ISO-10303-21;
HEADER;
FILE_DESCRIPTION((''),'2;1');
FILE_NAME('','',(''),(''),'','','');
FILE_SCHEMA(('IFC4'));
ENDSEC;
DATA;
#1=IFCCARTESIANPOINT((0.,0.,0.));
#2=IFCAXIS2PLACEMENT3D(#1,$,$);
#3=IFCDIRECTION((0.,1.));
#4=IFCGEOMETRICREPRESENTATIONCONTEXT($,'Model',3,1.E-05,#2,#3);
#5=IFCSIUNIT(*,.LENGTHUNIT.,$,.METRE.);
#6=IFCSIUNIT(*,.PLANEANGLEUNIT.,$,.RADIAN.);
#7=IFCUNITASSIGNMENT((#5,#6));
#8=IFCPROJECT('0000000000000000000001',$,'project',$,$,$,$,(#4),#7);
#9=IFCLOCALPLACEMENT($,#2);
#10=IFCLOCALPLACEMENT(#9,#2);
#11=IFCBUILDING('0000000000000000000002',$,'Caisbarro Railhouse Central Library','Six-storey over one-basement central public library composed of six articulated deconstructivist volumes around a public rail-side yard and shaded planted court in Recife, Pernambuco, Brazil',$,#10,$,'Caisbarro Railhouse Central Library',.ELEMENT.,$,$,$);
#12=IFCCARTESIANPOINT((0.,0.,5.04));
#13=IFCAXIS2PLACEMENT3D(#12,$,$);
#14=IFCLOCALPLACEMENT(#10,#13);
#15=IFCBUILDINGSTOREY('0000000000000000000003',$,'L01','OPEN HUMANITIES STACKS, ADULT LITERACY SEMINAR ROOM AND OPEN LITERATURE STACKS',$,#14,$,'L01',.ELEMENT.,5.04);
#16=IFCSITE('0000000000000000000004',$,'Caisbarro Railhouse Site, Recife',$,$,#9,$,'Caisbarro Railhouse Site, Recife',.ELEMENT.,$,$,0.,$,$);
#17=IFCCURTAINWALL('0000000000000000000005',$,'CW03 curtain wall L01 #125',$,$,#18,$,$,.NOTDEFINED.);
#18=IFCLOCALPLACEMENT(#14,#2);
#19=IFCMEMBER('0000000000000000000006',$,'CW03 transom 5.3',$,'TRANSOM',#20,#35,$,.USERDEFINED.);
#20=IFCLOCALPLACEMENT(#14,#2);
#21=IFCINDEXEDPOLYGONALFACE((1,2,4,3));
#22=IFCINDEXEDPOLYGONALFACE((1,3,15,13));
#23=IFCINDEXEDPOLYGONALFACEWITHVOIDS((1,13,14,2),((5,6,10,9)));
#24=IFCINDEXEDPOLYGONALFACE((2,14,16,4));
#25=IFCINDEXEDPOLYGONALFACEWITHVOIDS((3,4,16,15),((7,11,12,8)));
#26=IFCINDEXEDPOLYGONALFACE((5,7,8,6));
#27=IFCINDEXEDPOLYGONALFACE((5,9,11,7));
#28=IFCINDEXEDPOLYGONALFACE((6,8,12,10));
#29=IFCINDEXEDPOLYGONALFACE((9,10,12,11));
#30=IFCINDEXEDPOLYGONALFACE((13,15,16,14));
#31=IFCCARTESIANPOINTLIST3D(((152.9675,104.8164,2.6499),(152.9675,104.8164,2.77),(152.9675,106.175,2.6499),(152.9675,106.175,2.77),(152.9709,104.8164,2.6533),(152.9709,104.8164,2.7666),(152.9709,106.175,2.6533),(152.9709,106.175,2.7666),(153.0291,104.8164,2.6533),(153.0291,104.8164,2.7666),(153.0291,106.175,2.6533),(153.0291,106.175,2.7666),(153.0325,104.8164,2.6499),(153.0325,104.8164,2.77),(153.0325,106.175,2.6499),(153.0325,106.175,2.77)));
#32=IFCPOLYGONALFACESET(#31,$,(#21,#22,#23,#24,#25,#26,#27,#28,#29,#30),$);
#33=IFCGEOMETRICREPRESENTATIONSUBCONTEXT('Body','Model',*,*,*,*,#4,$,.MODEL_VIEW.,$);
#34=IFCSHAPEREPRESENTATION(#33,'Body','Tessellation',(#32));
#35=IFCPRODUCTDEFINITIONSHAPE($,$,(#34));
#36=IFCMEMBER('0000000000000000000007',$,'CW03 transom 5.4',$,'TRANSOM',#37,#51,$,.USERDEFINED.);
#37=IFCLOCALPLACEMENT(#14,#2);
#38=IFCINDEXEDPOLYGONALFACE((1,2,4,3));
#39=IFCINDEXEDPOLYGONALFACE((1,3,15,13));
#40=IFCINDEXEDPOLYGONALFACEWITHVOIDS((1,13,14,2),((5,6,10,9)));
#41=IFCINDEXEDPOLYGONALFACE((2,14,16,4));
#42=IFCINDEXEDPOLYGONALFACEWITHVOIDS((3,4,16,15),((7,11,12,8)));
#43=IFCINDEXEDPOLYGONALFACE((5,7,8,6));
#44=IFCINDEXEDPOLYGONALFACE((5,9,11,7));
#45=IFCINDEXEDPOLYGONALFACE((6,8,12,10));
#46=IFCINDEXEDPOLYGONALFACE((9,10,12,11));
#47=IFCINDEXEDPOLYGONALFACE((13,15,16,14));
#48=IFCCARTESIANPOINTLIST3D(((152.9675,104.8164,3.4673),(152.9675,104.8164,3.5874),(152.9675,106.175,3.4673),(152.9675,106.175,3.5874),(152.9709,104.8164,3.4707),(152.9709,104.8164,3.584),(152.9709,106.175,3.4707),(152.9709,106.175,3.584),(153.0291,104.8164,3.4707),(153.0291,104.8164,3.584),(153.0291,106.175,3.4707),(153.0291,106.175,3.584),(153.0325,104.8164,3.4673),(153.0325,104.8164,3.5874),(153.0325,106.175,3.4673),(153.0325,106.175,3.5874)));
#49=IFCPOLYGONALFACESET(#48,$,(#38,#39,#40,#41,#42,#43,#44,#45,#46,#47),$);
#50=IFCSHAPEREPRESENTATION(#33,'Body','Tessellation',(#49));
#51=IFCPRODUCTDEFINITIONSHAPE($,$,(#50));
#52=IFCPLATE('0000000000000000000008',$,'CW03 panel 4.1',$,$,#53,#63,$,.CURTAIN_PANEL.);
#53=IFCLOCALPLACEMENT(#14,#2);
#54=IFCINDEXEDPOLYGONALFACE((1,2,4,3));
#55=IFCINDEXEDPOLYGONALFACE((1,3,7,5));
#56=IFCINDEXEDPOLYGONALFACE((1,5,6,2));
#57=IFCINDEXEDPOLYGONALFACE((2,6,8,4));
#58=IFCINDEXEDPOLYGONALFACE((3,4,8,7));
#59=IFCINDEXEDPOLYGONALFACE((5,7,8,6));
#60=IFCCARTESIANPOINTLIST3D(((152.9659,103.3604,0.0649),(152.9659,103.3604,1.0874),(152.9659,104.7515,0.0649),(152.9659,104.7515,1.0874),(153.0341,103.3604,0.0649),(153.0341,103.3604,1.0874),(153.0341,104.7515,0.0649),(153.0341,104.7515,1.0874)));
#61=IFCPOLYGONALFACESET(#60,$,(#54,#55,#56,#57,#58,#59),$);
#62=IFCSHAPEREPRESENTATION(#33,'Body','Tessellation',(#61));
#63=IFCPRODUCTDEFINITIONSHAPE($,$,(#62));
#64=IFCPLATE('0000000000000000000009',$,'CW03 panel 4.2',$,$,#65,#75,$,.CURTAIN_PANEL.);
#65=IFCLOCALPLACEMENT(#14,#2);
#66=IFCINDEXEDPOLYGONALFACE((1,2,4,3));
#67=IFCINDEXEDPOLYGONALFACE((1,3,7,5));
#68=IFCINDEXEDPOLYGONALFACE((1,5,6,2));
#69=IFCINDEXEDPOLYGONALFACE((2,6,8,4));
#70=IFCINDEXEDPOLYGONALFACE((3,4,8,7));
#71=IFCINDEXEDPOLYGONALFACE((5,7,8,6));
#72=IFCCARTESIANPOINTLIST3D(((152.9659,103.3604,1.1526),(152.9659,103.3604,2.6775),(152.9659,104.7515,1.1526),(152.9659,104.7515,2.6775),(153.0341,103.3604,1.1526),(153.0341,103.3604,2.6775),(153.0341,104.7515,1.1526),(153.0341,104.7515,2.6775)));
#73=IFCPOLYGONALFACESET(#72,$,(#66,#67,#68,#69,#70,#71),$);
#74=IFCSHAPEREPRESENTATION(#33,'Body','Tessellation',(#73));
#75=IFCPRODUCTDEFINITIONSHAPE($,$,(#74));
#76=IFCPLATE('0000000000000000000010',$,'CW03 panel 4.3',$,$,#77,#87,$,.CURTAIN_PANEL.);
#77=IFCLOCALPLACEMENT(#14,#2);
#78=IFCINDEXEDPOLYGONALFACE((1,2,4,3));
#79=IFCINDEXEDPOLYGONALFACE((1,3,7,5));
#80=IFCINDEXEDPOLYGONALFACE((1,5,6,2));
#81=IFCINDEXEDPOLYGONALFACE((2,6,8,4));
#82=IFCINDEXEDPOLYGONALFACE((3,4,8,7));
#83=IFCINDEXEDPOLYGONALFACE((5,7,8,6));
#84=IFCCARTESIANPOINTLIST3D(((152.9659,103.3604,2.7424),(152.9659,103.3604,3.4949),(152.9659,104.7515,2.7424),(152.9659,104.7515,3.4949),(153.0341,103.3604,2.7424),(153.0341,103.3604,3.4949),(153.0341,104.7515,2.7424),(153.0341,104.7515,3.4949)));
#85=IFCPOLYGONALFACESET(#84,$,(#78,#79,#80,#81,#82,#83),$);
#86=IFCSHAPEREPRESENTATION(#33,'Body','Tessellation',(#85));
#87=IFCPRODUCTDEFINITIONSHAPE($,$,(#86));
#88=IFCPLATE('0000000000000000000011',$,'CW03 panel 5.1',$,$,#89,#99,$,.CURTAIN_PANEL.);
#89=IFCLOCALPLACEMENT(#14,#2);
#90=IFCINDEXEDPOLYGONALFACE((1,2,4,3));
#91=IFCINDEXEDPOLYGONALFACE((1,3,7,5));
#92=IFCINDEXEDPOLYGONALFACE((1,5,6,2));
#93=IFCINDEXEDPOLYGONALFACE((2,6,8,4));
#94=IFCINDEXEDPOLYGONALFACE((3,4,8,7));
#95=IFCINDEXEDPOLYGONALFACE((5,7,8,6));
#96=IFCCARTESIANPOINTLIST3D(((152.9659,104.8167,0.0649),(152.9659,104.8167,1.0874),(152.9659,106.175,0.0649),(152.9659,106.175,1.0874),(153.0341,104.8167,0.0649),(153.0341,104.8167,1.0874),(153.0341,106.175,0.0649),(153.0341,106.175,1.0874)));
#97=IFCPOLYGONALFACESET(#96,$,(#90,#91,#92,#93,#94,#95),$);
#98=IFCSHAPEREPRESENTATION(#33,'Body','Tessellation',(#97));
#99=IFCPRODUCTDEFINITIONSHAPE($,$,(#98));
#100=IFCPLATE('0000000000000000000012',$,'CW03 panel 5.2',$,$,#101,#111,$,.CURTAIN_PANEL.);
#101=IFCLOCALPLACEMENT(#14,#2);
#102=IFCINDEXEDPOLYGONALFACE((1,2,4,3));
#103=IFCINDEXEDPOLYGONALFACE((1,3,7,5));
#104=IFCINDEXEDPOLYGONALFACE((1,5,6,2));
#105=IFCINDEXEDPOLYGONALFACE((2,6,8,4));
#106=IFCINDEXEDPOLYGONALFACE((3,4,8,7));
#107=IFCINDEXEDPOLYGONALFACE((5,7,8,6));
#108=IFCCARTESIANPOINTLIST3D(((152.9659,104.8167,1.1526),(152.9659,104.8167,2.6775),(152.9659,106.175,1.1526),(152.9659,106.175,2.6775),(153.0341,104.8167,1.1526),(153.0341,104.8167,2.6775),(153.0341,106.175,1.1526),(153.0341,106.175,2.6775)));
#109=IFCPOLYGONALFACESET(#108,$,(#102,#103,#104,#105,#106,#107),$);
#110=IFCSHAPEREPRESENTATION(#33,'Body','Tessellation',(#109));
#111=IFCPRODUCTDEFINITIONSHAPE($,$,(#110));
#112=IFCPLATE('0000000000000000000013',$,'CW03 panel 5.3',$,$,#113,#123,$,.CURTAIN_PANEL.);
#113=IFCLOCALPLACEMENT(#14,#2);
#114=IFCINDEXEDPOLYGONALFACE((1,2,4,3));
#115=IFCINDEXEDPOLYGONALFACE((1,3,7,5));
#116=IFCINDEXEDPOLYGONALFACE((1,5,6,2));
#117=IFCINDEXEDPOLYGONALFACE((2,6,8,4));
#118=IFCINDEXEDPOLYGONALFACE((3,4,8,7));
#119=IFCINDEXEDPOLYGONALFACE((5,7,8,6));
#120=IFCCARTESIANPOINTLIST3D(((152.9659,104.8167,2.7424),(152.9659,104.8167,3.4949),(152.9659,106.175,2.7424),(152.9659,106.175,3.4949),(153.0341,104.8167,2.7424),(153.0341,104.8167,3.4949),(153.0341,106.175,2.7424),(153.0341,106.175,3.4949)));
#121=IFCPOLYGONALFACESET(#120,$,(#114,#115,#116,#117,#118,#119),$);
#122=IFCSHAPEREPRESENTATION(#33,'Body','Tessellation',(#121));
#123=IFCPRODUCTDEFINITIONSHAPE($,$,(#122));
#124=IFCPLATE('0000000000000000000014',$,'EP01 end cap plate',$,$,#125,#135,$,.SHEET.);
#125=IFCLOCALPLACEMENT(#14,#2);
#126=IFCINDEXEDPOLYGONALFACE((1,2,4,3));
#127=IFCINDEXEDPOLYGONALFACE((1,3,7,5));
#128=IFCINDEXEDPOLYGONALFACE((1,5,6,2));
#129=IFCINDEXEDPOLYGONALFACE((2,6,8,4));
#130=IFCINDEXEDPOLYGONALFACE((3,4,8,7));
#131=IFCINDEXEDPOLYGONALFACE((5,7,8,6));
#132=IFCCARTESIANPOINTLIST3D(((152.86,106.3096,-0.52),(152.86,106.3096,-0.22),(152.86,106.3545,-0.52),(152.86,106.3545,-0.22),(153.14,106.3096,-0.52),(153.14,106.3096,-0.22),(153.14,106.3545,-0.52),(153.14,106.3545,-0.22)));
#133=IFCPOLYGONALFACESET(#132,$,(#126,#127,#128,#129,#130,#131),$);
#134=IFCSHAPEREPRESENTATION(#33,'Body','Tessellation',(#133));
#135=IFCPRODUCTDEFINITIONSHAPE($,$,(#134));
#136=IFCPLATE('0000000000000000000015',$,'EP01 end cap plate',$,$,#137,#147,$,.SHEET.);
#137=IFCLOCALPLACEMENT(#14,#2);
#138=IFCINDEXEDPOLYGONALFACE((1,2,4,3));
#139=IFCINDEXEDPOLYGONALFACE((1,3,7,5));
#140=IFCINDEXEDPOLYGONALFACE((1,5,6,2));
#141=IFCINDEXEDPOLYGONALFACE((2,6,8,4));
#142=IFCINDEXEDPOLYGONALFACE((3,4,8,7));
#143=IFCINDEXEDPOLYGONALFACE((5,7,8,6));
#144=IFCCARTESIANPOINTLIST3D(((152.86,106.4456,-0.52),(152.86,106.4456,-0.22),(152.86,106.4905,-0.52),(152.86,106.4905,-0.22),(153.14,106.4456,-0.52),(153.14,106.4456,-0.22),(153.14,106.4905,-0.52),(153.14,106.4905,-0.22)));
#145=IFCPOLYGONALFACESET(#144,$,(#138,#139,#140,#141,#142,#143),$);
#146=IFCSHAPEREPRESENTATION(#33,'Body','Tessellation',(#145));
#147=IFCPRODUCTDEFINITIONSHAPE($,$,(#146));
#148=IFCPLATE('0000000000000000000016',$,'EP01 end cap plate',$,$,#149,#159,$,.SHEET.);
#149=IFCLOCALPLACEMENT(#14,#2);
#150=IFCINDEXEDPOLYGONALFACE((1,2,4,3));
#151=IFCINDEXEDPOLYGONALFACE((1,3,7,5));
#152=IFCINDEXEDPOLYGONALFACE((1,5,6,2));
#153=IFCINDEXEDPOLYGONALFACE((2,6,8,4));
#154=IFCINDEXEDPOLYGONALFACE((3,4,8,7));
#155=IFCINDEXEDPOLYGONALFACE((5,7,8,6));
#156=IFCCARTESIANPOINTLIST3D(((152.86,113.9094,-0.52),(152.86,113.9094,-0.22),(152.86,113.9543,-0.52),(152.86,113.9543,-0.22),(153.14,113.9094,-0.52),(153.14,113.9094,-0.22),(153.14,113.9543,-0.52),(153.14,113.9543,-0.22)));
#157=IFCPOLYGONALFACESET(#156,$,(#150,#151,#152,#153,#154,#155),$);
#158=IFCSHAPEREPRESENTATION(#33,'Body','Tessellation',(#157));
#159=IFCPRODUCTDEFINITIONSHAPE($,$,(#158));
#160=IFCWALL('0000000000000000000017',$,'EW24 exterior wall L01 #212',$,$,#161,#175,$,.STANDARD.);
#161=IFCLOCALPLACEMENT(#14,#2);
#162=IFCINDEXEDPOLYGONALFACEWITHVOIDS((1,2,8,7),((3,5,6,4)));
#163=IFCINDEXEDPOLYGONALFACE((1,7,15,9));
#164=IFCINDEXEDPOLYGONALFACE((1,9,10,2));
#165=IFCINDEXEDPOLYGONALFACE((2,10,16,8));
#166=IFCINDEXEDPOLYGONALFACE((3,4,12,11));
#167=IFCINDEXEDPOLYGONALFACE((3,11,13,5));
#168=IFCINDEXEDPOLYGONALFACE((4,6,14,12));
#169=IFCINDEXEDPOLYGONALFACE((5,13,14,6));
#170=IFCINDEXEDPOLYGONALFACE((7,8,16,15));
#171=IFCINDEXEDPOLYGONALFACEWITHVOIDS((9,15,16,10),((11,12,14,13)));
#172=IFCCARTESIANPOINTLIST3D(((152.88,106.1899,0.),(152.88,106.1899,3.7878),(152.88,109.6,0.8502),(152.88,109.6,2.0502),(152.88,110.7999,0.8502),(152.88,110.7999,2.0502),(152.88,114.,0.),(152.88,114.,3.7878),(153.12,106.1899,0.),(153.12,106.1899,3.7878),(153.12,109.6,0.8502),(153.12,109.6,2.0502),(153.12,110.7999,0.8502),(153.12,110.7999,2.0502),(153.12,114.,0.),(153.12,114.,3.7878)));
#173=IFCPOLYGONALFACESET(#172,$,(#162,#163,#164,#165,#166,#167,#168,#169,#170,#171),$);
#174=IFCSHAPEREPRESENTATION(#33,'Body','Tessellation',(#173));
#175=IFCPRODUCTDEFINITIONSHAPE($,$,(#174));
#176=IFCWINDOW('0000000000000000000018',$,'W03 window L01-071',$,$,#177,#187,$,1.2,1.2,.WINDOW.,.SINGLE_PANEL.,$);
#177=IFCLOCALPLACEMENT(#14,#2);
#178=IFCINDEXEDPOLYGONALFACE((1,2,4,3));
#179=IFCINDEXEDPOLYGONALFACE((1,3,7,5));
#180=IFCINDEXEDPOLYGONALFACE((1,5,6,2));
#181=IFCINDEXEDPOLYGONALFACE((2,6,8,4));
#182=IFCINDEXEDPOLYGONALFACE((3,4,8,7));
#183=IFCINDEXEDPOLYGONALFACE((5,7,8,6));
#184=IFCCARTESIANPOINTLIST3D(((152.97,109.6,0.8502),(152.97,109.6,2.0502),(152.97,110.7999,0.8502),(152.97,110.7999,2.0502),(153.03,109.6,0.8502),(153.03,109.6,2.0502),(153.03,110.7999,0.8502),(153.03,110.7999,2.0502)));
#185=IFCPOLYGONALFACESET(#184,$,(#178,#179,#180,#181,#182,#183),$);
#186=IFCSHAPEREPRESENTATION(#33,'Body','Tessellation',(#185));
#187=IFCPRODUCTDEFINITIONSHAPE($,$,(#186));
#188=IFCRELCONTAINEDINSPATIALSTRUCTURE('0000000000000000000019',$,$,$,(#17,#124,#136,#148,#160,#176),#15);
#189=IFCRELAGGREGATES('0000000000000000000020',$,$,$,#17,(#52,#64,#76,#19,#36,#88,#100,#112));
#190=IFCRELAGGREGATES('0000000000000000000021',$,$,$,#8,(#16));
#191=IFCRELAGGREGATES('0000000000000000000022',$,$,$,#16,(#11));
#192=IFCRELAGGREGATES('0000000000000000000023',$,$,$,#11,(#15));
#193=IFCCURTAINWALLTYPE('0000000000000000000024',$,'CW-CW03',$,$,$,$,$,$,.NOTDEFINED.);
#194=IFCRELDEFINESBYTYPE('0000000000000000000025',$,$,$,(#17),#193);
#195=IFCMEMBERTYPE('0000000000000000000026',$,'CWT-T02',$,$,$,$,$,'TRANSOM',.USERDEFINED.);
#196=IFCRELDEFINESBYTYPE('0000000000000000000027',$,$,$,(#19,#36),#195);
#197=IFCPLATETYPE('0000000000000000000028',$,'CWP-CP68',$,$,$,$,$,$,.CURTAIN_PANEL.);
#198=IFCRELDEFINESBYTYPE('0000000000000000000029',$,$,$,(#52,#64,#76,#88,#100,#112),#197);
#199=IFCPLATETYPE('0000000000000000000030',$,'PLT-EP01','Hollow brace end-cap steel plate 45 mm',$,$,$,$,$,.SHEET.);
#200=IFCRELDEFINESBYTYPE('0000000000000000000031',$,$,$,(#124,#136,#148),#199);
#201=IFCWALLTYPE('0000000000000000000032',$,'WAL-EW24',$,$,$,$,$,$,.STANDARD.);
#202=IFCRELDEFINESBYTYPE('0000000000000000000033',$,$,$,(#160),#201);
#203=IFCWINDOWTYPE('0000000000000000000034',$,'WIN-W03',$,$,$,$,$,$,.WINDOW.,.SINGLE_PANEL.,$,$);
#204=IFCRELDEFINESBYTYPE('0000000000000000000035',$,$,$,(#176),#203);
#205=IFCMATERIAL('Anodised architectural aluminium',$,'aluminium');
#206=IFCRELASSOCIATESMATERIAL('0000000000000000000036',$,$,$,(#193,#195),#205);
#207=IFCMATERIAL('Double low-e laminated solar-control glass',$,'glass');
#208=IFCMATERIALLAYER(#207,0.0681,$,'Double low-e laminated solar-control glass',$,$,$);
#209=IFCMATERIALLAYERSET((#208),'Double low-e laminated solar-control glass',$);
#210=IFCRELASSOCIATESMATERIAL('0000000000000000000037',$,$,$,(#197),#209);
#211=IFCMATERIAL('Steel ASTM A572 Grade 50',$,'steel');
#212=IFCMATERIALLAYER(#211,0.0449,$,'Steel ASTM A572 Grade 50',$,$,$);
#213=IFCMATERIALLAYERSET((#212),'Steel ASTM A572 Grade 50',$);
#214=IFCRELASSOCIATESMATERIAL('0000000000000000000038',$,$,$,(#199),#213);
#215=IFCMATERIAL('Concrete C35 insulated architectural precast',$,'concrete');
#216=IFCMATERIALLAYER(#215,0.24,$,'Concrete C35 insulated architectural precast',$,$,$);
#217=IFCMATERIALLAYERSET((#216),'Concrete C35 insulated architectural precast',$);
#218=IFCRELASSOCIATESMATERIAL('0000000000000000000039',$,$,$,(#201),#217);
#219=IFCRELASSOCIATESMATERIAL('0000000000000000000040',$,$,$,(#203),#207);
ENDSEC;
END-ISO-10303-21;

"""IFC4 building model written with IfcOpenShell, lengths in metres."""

from ifc_helpers import new_model, si_unit, direction, frame, frame_2d, origin, origin_2d, place, context, subcontext, project, spatial, rectangle, hollow_rectangle, extrude, material, layer, layer_set, material_profile, profile_set, type_object, element, fill, aggregate, save


model = new_model("IFC4")

# Units and contexts
model_context = context("Model", 3, precision=1e-05, world=origin(), true_north=direction((0.0, 1.0)))
body_context = subcontext(model_context, "Body", "Model", "MODEL_VIEW")
ifc_project = project(units=[si_unit("LENGTHUNIT", "METRE"), si_unit("PLANEANGLEUNIT", "RADIAN")], contexts=[model_context])

# Site, building, storey
site_placement = place(None, origin())
site = spatial("IfcSite", under=ifc_project, at=site_placement, Name="Caisbarro Railhouse Site, Recife", LongName="Caisbarro Railhouse Site, Recife", CompositionType="ELEMENT", RefElevation=0.0)
building_placement = place(site_placement, origin())
building = spatial("IfcBuilding", under=site, at=building_placement, Name="Caisbarro Railhouse Central Library", Description="Six-storey over one-basement central public library composed of six articulated deconstructivist volumes around a public rail-side yard and shaded planted court in Recife, Pernambuco, Brazil", LongName="Caisbarro Railhouse Central Library", CompositionType="ELEMENT")
storey_placement = place(building_placement, frame((0.0, 0.0, 5.04)))
storey = spatial("IfcBuildingStorey", under=building, at=storey_placement, Name="L01", Description="OPEN HUMANITIES STACKS, ADULT LITERACY SEMINAR ROOM AND OPEN LITERATURE STACKS", LongName="L01", CompositionType="ELEMENT", Elevation=5.04)

# Shared definitions
ifc_material_1 = material(Name="Steel ASTM A572 Grade 50", Category="steel")

# Curtain wall, members, plates
ifc_material_2 = material(Name="Anodised architectural aluminium", Category="aluminium")
curtain_wall_type = type_object("IfcCurtainWallType", Name="CW-CW03", PredefinedType="NOTDEFINED", material=ifc_material_2)
curtain_wall_placement = place(storey_placement, origin())
curtain_wall = element("IfcCurtainWall", 1, at=curtain_wall_placement, inside=storey, type_object=curtain_wall_type, Name="CW03 curtain wall L01 #125", PredefinedType="NOTDEFINED")
ifc_material_profile_1 = material_profile(ifc_material_2, hollow_rectangle(XDim=0.0649, YDim=0.1201, WallThickness=0.0034, at=origin_2d()), Name="ALU-TRN-65X120")
ifc_profile_set_1 = profile_set([ifc_material_profile_1], Name="Anodised architectural aluminium")
member_type_1 = type_object("IfcMemberType", Name="CWT-T02", ElementType="TRANSOM", PredefinedType="USERDEFINED", material=ifc_profile_set_1)
member_1_placement = place(storey_placement, frame((153.0, 104.8164, 2.71), z_axis=(0.0, 1.0, 0.0), x_axis=(-1.0, 0.0, 0.0)))
member_1 = element("IfcMember", 2, at=member_1_placement, type_object=member_type_1, Name="CW03 transom 5.3", ObjectType="TRANSOM", PredefinedType="USERDEFINED", context=body_context, shape_type="SweptSolid", body=[
    extrude(hollow_rectangle(XDim=0.0649, YDim=0.1201, WallThickness=0.0034, at=origin_2d()), origin(), (0.0, 0.0, 1.0), 1.3586),
])
member_2_placement = place(storey_placement, frame((153.0, 104.8164, 3.5273), z_axis=(0.0, 1.0, 0.0), x_axis=(-1.0, 0.0, 0.0)))
member_2 = element("IfcMember", 3, at=member_2_placement, type_object=member_type_1, Name="CW03 transom 5.4", ObjectType="TRANSOM", PredefinedType="USERDEFINED", context=body_context, shape_type="SweptSolid", body=[
    extrude(hollow_rectangle(XDim=0.0649, YDim=0.1201, WallThickness=0.0034, at=origin_2d()), origin(), (0.0, 0.0, 1.0), 1.3586),
])
ifc_material_3 = material(Name="Double low-e laminated solar-control glass", Category="glass")
ifc_layer_1 = layer(ifc_material_3, 0.0681, Name="Double low-e laminated solar-control glass")
ifc_layer_set_1 = layer_set([ifc_layer_1], Name="Double low-e laminated solar-control glass")
plate_type_1 = type_object("IfcPlateType", Name="CWP-CP68", PredefinedType="CURTAIN_PANEL", material=ifc_layer_set_1)
plate_1_placement = place(storey_placement, frame((153.0, 104.0559, 0.0649), z_axis=(0.0, 0.0, 1.0), x_axis=(0.0, 1.0, 0.0)))
plate_1 = element("IfcPlate", 4, at=plate_1_placement, type_object=plate_type_1, Name="CW03 panel 4.1", PredefinedType="CURTAIN_PANEL", context=body_context, shape_type="SweptSolid", body=[
    extrude(rectangle(XDim=1.3911, YDim=0.0681, at=origin_2d()), origin(), (0.0, 0.0, 1.0), 1.0225),
])
plate_2_placement = place(storey_placement, frame((153.0, 104.0559, 1.1526), z_axis=(0.0, 0.0, 1.0), x_axis=(0.0, 1.0, 0.0)))
plate_2 = element("IfcPlate", 5, at=plate_2_placement, type_object=plate_type_1, Name="CW03 panel 4.2", PredefinedType="CURTAIN_PANEL", context=body_context, shape_type="SweptSolid", body=[
    extrude(rectangle(XDim=1.3911, YDim=0.0681, at=origin_2d()), origin(), (0.0, 0.0, 1.0), 1.5249),
])
plate_3_placement = place(storey_placement, frame((153.0, 104.0559, 2.7424), z_axis=(0.0, 0.0, 1.0), x_axis=(0.0, 1.0, 0.0)))
plate_3 = element("IfcPlate", 6, at=plate_3_placement, type_object=plate_type_1, Name="CW03 panel 4.3", PredefinedType="CURTAIN_PANEL", context=body_context, shape_type="SweptSolid", body=[
    extrude(rectangle(XDim=1.3911, YDim=0.0681, at=origin_2d()), origin(), (0.0, 0.0, 1.0), 0.7524),
])
plate_4_placement = place(storey_placement, frame((153.0, 105.4958, 0.0649), z_axis=(0.0, 0.0, 1.0), x_axis=(0.0, 1.0, 0.0)))
plate_4 = element("IfcPlate", 7, at=plate_4_placement, type_object=plate_type_1, Name="CW03 panel 5.1", PredefinedType="CURTAIN_PANEL", context=body_context, shape_type="SweptSolid", body=[
    extrude(rectangle(XDim=1.3584, YDim=0.0681, at=origin_2d()), origin(), (0.0, 0.0, 1.0), 1.0225),
])
plate_5_placement = place(storey_placement, frame((153.0, 105.4958, 1.1526), z_axis=(0.0, 0.0, 1.0), x_axis=(0.0, 1.0, 0.0)))
plate_5 = element("IfcPlate", 8, at=plate_5_placement, type_object=plate_type_1, Name="CW03 panel 5.2", PredefinedType="CURTAIN_PANEL", context=body_context, shape_type="SweptSolid", body=[
    extrude(rectangle(XDim=1.3584, YDim=0.0681, at=origin_2d()), origin(), (0.0, 0.0, 1.0), 1.5249),
])
plate_6_placement = place(storey_placement, frame((153.0, 105.4958, 2.7424), z_axis=(0.0, 0.0, 1.0), x_axis=(0.0, 1.0, 0.0)))
plate_6 = element("IfcPlate", 9, at=plate_6_placement, type_object=plate_type_1, Name="CW03 panel 5.3", PredefinedType="CURTAIN_PANEL", context=body_context, shape_type="SweptSolid", body=[
    extrude(rectangle(XDim=1.3584, YDim=0.0681, at=origin_2d()), origin(), (0.0, 0.0, 1.0), 0.7524),
])
aggregate(curtain_wall, [plate_1, plate_2, plate_3, member_1, member_2, plate_4, plate_5, plate_6])

# Plates
ifc_layer_2 = layer(ifc_material_1, 0.0449, Name="Steel ASTM A572 Grade 50")
ifc_layer_set_2 = layer_set([ifc_layer_2], Name="Steel ASTM A572 Grade 50")
plate_type_2 = type_object("IfcPlateType", Name="PLT-EP01", Description="Hollow brace end-cap steel plate 45 mm", PredefinedType="SHEET", material=ifc_layer_set_2)
for number, where, z_axis, x_axis, name in (
    (10, (153.0, 106.332, -0.52), (0.0, 0.0, 1.0), (0.0, 1.0, 0.0), "EP01 end cap plate"),
    (11, (153.0, 106.468, -0.52), (0.0, 0.0, 1.0), (0.0, 1.0, 0.0), "EP01 end cap plate"),
    (12, (153.0, 113.9319, -0.52), (0.0, 0.0, 1.0), (0.0, 1.0, 0.0), "EP01 end cap plate"),
):
    element("IfcPlate", number, at=place(storey_placement, frame(where, z_axis=z_axis, x_axis=x_axis)), inside=storey, type_object=plate_type_2, Name=name, PredefinedType="SHEET", context=body_context, shape_type="SweptSolid", body=[
        extrude(rectangle(XDim=0.0449, YDim=0.28, at=origin_2d()), origin(), (0.0, 0.0, 1.0), 0.3),
    ])

# Wall, opening, window
ifc_material_4 = material(Name="Concrete C35 insulated architectural precast", Category="concrete")
ifc_layer_3 = layer(ifc_material_4, 0.24, Name="Concrete C35 insulated architectural precast")
ifc_layer_set_3 = layer_set([ifc_layer_3], Name="Concrete C35 insulated architectural precast")
wall_type_1 = type_object("IfcWallType", Name="WAL-EW24", PredefinedType="STANDARD", material=ifc_layer_set_3)
wall_1_placement = place(storey_placement, frame((153.0, 106.1899, 0.0), z_axis=(0.0, 0.0, 1.0), x_axis=(0.0, 1.0, 0.0)))
wall_1 = element("IfcWall", 13, at=wall_1_placement, inside=storey, type_object=wall_type_1, Name="EW24 exterior wall L01 #212", PredefinedType="STANDARD", context=body_context, shape_type="SweptSolid", body=[
    extrude(rectangle(XDim=7.8101, YDim=0.24, at=frame_2d((3.905, 0.0))), origin(), (0.0, 0.0, 1.0), 3.7878),
])
opening_1_placement = place(wall_1_placement, frame((3.4099, 0.0, 0.8501)))
opening_1 = element("IfcOpeningElement", 14, at=opening_1_placement, cuts=wall_1, PredefinedType="OPENING", context=body_context, shape_type="SweptSolid", body=[
    extrude(rectangle(XDim=1.2, YDim=1.2, at=frame_2d((0.6001, 0.6001))), frame((0.0, 0.1299, 0.0), z_axis=(0.0, -1.0, 0.0), x_axis=(1.0, 0.0, 0.0)), (0.0, 0.0, 1.0), 0.26),
])
window_type = type_object("IfcWindowType", Name="WIN-W03", PartitioningType="SINGLE_PANEL", PredefinedType="WINDOW", material=ifc_material_3)
window_placement = place(opening_1_placement, origin())
window = element("IfcWindow", 15, at=window_placement, inside=storey, type_object=window_type, Name="W03 window L01-071", OverallHeight=1.2, OverallWidth=1.2, PartitioningType="SINGLE_PANEL", PredefinedType="WINDOW", context=body_context, shape_type="SweptSolid", body=[
    extrude(rectangle(XDim=1.2, YDim=1.2, at=frame_2d((0.6001, 0.6001))), frame((0.0, 0.03, 0.0), z_axis=(0.0, -1.0, 0.0), x_axis=(1.0, 0.0, 0.0)), (0.0, 0.0, 1.0), 0.0601),
])
fill(opening_1, window)

save(model, "model.ifc")
